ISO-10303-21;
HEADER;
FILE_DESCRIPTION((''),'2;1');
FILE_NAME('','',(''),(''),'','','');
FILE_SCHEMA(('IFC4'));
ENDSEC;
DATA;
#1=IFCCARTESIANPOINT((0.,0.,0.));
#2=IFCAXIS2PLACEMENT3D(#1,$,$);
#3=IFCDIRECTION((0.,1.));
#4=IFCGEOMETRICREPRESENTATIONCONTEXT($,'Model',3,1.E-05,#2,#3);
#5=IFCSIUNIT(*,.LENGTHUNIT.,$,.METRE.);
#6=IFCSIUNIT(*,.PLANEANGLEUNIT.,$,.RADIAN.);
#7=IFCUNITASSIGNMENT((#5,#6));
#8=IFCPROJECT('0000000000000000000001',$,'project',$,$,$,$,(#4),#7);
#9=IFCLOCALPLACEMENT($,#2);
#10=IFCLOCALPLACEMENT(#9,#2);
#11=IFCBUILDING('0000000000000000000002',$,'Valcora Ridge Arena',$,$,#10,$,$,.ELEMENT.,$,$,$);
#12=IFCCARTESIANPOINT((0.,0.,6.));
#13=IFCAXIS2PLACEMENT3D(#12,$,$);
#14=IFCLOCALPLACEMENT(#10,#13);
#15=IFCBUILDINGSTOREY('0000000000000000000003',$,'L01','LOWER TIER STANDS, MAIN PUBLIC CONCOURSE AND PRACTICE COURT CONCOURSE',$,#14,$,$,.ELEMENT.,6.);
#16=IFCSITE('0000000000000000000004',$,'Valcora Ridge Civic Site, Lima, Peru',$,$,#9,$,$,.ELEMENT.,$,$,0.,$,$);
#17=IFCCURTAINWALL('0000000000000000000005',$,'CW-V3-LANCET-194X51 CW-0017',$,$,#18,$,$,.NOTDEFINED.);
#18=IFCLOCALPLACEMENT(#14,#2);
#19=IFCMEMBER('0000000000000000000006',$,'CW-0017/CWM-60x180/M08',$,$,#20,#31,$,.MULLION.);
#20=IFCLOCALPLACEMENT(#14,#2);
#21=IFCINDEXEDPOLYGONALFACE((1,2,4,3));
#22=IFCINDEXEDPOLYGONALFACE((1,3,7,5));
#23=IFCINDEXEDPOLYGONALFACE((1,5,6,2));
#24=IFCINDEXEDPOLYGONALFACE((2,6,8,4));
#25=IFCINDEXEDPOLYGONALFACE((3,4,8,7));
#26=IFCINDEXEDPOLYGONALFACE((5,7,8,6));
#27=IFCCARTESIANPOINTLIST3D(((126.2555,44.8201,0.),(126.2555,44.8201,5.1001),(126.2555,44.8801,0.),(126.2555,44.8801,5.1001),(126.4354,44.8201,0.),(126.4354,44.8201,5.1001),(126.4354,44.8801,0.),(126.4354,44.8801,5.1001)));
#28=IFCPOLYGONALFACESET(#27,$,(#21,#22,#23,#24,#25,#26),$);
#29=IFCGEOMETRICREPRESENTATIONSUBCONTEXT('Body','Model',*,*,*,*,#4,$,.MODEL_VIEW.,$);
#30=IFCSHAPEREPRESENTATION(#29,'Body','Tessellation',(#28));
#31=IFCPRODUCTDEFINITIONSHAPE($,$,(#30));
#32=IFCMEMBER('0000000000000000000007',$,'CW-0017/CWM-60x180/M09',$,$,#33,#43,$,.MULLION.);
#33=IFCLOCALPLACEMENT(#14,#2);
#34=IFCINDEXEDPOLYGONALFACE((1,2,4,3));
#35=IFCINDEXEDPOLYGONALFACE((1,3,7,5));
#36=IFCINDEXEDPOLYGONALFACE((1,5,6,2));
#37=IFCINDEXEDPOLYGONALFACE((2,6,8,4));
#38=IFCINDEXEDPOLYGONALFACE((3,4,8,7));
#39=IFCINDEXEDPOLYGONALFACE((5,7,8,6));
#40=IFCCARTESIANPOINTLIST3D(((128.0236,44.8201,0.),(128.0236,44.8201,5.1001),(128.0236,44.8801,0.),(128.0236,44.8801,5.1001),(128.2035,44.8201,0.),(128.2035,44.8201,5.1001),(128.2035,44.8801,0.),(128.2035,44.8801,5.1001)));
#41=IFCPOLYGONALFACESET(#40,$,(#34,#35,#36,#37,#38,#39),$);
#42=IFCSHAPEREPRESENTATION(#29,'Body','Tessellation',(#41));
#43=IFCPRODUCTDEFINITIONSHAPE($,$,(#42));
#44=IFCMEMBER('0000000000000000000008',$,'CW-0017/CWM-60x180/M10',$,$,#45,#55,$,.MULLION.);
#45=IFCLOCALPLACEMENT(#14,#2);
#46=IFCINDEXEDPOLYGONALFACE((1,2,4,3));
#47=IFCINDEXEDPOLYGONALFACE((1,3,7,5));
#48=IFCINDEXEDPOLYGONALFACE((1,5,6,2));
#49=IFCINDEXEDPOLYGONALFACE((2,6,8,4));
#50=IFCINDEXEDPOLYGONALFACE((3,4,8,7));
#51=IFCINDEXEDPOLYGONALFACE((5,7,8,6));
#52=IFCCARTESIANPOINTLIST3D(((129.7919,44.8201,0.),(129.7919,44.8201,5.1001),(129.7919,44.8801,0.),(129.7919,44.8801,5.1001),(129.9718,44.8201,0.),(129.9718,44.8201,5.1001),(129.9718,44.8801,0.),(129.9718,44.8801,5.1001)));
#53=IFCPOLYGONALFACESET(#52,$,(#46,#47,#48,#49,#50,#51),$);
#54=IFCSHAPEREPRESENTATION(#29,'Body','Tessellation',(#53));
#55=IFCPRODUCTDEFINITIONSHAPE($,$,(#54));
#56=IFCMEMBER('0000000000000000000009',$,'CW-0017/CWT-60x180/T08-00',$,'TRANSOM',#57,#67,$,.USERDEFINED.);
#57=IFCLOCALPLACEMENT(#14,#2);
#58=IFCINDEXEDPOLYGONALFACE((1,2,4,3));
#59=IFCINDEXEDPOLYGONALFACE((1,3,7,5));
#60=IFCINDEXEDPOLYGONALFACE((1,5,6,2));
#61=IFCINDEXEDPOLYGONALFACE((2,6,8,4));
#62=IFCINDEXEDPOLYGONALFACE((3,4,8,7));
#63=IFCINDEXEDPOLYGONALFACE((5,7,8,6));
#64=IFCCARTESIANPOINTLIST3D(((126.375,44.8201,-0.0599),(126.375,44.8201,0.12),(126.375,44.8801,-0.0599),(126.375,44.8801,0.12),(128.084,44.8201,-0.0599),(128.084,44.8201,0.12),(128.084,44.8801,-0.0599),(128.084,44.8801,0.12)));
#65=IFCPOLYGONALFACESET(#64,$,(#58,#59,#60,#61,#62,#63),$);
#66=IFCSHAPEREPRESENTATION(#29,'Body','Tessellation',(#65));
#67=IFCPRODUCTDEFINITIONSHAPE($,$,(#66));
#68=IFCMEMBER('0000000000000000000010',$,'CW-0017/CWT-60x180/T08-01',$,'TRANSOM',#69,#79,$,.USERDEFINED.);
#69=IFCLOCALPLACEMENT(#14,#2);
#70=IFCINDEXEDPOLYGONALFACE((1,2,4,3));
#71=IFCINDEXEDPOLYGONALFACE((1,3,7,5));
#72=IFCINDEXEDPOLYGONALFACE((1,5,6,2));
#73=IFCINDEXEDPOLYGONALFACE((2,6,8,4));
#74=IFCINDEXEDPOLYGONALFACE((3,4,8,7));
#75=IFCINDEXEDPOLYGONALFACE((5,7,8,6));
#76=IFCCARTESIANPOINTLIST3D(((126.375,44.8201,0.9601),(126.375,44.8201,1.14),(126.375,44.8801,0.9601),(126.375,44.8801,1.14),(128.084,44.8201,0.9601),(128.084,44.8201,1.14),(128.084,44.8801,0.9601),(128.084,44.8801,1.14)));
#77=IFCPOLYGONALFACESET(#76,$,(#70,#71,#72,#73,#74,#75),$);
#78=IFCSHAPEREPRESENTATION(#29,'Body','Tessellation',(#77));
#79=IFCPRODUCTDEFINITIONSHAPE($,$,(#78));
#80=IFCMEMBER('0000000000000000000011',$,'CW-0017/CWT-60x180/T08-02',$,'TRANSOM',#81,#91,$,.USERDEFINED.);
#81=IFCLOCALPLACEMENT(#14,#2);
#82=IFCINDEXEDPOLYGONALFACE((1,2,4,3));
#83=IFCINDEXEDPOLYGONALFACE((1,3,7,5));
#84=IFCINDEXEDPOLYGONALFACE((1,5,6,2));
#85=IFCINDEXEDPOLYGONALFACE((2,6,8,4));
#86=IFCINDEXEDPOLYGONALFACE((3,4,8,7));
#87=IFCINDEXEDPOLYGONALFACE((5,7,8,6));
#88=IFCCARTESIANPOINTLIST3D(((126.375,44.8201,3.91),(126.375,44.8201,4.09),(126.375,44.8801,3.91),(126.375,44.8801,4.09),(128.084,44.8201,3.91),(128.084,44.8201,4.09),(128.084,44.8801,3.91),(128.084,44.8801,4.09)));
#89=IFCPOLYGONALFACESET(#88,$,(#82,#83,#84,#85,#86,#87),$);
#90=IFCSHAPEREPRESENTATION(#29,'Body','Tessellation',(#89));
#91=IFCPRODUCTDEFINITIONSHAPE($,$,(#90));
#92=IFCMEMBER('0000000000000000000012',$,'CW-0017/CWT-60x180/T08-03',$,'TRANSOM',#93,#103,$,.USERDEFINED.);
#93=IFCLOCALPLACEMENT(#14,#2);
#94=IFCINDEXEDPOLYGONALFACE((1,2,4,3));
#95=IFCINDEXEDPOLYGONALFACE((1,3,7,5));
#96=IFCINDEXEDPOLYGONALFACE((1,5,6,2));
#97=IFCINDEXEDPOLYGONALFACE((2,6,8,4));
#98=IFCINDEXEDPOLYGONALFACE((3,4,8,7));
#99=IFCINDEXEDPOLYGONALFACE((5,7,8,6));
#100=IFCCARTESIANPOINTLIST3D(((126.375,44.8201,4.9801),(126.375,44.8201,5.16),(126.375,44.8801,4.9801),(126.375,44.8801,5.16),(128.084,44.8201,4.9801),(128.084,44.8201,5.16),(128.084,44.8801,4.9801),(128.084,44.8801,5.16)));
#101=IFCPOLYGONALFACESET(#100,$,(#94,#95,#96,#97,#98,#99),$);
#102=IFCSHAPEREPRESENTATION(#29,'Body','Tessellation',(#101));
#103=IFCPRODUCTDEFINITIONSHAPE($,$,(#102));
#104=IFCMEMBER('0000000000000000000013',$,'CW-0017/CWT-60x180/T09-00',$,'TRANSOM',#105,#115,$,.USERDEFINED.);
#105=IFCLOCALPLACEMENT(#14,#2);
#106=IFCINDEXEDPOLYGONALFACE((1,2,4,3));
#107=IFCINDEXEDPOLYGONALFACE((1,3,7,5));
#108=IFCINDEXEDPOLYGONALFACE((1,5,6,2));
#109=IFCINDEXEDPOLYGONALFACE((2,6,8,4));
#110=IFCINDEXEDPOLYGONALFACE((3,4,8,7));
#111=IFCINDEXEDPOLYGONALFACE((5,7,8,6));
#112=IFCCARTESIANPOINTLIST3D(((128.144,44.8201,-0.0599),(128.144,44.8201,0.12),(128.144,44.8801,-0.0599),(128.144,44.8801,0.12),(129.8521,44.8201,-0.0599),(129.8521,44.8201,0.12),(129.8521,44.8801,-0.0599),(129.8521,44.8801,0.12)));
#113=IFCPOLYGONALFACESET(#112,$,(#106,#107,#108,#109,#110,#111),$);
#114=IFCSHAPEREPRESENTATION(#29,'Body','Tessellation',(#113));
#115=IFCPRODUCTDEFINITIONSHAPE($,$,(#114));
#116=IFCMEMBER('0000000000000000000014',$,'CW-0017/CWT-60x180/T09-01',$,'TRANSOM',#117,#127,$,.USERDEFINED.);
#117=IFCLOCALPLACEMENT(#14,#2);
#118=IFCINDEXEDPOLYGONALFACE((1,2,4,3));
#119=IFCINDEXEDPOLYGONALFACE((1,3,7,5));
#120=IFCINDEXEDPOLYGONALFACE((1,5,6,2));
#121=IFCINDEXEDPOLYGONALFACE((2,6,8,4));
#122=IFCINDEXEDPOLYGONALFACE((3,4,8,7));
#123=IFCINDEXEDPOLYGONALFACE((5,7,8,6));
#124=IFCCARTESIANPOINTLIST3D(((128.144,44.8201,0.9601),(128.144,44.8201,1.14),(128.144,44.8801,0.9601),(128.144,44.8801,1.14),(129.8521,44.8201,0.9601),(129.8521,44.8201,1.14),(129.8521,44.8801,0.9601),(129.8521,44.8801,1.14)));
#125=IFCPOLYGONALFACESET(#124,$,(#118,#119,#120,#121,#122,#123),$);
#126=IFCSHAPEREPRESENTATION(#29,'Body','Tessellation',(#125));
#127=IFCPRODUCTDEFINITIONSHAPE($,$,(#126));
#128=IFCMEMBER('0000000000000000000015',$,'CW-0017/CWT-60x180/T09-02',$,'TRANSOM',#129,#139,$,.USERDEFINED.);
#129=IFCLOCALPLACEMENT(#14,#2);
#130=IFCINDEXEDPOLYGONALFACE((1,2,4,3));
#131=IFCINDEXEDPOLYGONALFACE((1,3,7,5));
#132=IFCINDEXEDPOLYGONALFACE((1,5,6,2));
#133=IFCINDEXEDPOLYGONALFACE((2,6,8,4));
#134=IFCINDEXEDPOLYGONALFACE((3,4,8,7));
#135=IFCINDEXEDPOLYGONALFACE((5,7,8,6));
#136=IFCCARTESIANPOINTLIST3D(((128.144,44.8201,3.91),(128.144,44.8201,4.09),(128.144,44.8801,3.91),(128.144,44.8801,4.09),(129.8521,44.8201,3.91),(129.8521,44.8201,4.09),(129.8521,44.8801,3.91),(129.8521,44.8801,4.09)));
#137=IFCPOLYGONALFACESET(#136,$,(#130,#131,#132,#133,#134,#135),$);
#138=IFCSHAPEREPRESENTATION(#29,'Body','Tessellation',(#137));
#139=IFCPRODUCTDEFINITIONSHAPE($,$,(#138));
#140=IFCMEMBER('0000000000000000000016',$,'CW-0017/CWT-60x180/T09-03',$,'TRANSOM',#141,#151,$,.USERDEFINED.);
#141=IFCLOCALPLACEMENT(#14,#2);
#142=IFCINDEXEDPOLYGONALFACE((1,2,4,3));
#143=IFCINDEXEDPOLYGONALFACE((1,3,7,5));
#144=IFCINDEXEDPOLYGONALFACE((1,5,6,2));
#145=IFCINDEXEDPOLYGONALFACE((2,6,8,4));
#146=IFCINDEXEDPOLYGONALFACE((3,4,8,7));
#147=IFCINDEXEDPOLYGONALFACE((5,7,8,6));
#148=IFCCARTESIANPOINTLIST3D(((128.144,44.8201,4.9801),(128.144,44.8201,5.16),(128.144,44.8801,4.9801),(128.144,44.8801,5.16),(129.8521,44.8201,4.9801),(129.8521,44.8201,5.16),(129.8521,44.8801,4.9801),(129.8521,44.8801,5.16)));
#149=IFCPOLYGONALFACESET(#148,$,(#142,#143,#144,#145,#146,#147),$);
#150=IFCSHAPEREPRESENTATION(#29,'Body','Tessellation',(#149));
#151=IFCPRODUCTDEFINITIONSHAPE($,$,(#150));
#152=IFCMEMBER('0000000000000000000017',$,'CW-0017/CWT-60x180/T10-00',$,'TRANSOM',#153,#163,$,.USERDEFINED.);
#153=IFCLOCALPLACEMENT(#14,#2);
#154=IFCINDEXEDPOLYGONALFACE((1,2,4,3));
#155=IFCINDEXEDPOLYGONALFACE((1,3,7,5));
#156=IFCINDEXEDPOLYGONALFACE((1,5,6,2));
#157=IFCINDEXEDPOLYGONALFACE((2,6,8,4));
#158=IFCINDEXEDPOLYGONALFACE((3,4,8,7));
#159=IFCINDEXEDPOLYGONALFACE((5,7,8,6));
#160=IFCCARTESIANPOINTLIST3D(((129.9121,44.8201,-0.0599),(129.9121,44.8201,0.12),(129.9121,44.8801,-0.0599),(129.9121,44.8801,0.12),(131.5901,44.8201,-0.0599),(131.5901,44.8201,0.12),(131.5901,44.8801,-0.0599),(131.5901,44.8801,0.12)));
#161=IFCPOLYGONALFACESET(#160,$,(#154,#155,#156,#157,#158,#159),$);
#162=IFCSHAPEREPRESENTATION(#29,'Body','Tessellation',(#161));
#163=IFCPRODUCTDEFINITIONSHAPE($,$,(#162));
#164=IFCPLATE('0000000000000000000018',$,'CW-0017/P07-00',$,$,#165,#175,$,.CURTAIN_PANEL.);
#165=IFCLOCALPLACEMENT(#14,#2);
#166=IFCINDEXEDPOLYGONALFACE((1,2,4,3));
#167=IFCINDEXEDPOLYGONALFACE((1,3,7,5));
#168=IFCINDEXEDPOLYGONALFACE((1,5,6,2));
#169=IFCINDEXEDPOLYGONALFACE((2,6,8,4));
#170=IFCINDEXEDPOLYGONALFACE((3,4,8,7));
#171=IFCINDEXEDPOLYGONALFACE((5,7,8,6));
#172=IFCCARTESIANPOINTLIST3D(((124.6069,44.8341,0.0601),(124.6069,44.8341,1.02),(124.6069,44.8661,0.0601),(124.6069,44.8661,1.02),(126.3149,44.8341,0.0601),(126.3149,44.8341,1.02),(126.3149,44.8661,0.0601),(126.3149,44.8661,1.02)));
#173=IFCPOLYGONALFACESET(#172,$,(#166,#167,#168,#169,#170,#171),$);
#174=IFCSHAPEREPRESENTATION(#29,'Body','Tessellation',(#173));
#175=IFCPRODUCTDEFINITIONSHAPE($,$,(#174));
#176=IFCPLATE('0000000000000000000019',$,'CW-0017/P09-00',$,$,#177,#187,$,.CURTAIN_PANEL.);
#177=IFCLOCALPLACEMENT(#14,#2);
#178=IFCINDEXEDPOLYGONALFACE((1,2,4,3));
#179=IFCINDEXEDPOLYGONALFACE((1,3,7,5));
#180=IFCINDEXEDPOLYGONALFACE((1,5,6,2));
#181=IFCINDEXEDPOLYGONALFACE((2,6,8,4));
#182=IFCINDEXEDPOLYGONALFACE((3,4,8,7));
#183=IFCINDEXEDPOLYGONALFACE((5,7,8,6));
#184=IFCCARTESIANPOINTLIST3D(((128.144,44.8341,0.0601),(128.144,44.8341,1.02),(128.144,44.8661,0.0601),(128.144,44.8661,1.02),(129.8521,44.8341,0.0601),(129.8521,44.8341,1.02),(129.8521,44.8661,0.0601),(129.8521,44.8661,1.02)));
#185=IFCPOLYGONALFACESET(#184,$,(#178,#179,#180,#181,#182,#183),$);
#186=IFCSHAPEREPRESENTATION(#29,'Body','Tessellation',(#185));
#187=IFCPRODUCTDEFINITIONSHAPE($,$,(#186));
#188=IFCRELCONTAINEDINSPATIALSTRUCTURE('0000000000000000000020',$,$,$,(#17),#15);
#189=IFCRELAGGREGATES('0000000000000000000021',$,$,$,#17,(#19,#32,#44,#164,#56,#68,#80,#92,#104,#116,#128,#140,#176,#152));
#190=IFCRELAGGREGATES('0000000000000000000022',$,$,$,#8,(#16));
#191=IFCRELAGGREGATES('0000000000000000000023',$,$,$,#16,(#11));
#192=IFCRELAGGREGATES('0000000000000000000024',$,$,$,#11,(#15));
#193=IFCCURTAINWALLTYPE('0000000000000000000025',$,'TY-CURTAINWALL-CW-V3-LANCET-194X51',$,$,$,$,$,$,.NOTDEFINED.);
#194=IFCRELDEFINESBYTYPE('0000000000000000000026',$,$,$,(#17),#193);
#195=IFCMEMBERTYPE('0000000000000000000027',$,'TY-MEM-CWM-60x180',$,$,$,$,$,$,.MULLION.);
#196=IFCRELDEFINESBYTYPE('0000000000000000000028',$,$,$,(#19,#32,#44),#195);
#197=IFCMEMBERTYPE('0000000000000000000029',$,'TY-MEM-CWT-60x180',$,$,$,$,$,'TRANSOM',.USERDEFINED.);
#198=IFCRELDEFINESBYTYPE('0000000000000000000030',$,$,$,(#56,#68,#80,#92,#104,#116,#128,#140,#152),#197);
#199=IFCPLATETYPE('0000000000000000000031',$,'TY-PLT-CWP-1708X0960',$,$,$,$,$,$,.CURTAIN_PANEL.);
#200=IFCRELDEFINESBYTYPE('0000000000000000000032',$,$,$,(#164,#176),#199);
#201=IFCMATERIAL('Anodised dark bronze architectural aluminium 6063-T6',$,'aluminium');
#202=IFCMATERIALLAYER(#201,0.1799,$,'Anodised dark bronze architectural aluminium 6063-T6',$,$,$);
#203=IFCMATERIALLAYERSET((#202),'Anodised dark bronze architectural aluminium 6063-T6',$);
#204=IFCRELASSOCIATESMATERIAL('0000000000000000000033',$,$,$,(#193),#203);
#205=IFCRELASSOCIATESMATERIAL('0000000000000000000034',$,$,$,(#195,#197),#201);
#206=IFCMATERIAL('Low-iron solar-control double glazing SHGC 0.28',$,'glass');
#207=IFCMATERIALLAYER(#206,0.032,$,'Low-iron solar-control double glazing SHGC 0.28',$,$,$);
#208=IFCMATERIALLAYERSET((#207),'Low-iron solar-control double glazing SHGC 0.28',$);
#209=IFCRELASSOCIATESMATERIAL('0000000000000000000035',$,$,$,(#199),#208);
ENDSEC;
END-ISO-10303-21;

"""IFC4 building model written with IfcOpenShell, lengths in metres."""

from ifc_helpers import new_model, si_unit, direction, frame, origin, origin_2d, place, context, subcontext, project, spatial, rectangle, extrude, material, layer, layer_set, material_profile, profile_set, type_object, element, aggregate, save


model = new_model("IFC4")

# Units and contexts
model_context = context("Model", 3, precision=1e-05, world=origin(), true_north=direction((0.0, 1.0)))
body_context = subcontext(model_context, "Body", "Model", "MODEL_VIEW")
ifc_project = project(units=[si_unit("LENGTHUNIT", "METRE"), si_unit("PLANEANGLEUNIT", "RADIAN")], contexts=[model_context])

# Site, building, storey
site_placement = place(None, origin())
site = spatial("IfcSite", under=ifc_project, at=site_placement, Name="Valcora Ridge Civic Site, Lima, Peru", CompositionType="ELEMENT", RefElevation=0.0)
building_placement = place(site_placement, origin())
building = spatial("IfcBuilding", under=site, at=building_placement, Name="Valcora Ridge Arena", CompositionType="ELEMENT")
storey_placement = place(building_placement, frame((0.0, 0.0, 6.0)))
storey = spatial("IfcBuildingStorey", under=building, at=storey_placement, Name="L01", Description="LOWER TIER STANDS, MAIN PUBLIC CONCOURSE AND PRACTICE COURT CONCOURSE", CompositionType="ELEMENT", Elevation=6.0)

# Curtain wall, members, plates
ifc_material_1 = material(Name="Anodised dark bronze architectural aluminium 6063-T6", Category="aluminium")
ifc_layer_1 = layer(ifc_material_1, 0.1799, Name="Anodised dark bronze architectural aluminium 6063-T6")
ifc_layer_set_1 = layer_set([ifc_layer_1], Name="Anodised dark bronze architectural aluminium 6063-T6")
curtain_wall_type = type_object("IfcCurtainWallType", Name="TY-CURTAINWALL-CW-V3-LANCET-194X51", PredefinedType="NOTDEFINED", material=ifc_layer_set_1)
curtain_wall_placement = place(storey_placement, origin())
curtain_wall = element("IfcCurtainWall", 1, at=curtain_wall_placement, inside=storey, type_object=curtain_wall_type, Name="CW-V3-LANCET-194X51 CW-0017", PredefinedType="NOTDEFINED")
ifc_material_profile_1 = material_profile(ifc_material_1, rectangle(XDim=0.0601, YDim=0.1799, at=origin_2d()), Name="ALU MULLION 60x180")
ifc_profile_set_1 = profile_set([ifc_material_profile_1], Name="Anodised dark bronze architectural aluminium 6063-T6")
member_type_1 = type_object("IfcMemberType", Name="TY-MEM-CWM-60x180", PredefinedType="MULLION", material=ifc_profile_set_1)
member_1_placement = place(storey_placement, frame((126.3455, 44.8501, 0.0), z_axis=(0.0, 0.0, 1.0), x_axis=(0.0, 1.0, 0.0)))
member_1 = element("IfcMember", 2, at=member_1_placement, type_object=member_type_1, Name="CW-0017/CWM-60x180/M08", PredefinedType="MULLION", context=body_context, shape_type="SweptSolid", body=[
    extrude(rectangle(XDim=0.0601, YDim=0.1799, at=origin_2d()), origin(), (0.0, 0.0, 1.0), 5.1001),
])
member_2_placement = place(storey_placement, frame((128.1135, 44.8501, 0.0), z_axis=(0.0, 0.0, 1.0), x_axis=(0.0, 1.0, 0.0)))
member_2 = element("IfcMember", 3, at=member_2_placement, type_object=member_type_1, Name="CW-0017/CWM-60x180/M09", PredefinedType="MULLION", context=body_context, shape_type="SweptSolid", body=[
    extrude(rectangle(XDim=0.0601, YDim=0.1799, at=origin_2d()), origin(), (0.0, 0.0, 1.0), 5.1001),
])
member_3_placement = place(storey_placement, frame((129.8818, 44.8501, 0.0), z_axis=(0.0, 0.0, 1.0), x_axis=(0.0, 1.0, 0.0)))
member_3 = element("IfcMember", 4, at=member_3_placement, type_object=member_type_1, Name="CW-0017/CWM-60x180/M10", PredefinedType="MULLION", context=body_context, shape_type="SweptSolid", body=[
    extrude(rectangle(XDim=0.0601, YDim=0.1799, at=origin_2d()), origin(), (0.0, 0.0, 1.0), 5.1001),
])
ifc_material_profile_2 = material_profile(ifc_material_1, rectangle(XDim=0.0601, YDim=0.1799, at=origin_2d()), Name="ALU TRANSOM 60x180")
ifc_profile_set_2 = profile_set([ifc_material_profile_2], Name="Anodised dark bronze architectural aluminium 6063-T6")
member_type_2 = type_object("IfcMemberType", Name="TY-MEM-CWT-60x180", ElementType="TRANSOM", PredefinedType="USERDEFINED", material=ifc_profile_set_2)
member_4_placement = place(storey_placement, frame((126.375, 44.8501, 0.03), z_axis=(1.0, 0.0, 0.0), x_axis=(0.0, 1.0, 0.0)))
member_4 = element("IfcMember", 5, at=member_4_placement, type_object=member_type_2, Name="CW-0017/CWT-60x180/T08-00", ObjectType="TRANSOM", PredefinedType="USERDEFINED", context=body_context, shape_type="SweptSolid", body=[
    extrude(rectangle(XDim=0.0601, YDim=0.1799, at=origin_2d()), origin(), (0.0, 0.0, 1.0), 1.709),
])
member_5_placement = place(storey_placement, frame((126.375, 44.8501, 1.05), z_axis=(1.0, 0.0, 0.0), x_axis=(0.0, 1.0, 0.0)))
member_5 = element("IfcMember", 6, at=member_5_placement, type_object=member_type_2, Name="CW-0017/CWT-60x180/T08-01", ObjectType="TRANSOM", PredefinedType="USERDEFINED", context=body_context, shape_type="SweptSolid", body=[
    extrude(rectangle(XDim=0.0601, YDim=0.1799, at=origin_2d()), origin(), (0.0, 0.0, 1.0), 1.709),
])
member_6_placement = place(storey_placement, frame((126.375, 44.8501, 4.0), z_axis=(1.0, 0.0, 0.0), x_axis=(0.0, 1.0, 0.0)))
member_6 = element("IfcMember", 7, at=member_6_placement, type_object=member_type_2, Name="CW-0017/CWT-60x180/T08-02", ObjectType="TRANSOM", PredefinedType="USERDEFINED", context=body_context, shape_type="SweptSolid", body=[
    extrude(rectangle(XDim=0.0601, YDim=0.1799, at=origin_2d()), origin(), (0.0, 0.0, 1.0), 1.709),
])
member_7_placement = place(storey_placement, frame((126.375, 44.8501, 5.0701), z_axis=(1.0, 0.0, 0.0), x_axis=(0.0, 1.0, 0.0)))
member_7 = element("IfcMember", 8, at=member_7_placement, type_object=member_type_2, Name="CW-0017/CWT-60x180/T08-03", ObjectType="TRANSOM", PredefinedType="USERDEFINED", context=body_context, shape_type="SweptSolid", body=[
    extrude(rectangle(XDim=0.0601, YDim=0.1799, at=origin_2d()), origin(), (0.0, 0.0, 1.0), 1.709),
])
member_8_placement = place(storey_placement, frame((128.144, 44.8501, 0.03), z_axis=(1.0, 0.0, 0.0), x_axis=(0.0, 1.0, 0.0)))
member_8 = element("IfcMember", 9, at=member_8_placement, type_object=member_type_2, Name="CW-0017/CWT-60x180/T09-00", ObjectType="TRANSOM", PredefinedType="USERDEFINED", context=body_context, shape_type="SweptSolid", body=[
    extrude(rectangle(XDim=0.0601, YDim=0.1799, at=origin_2d()), origin(), (0.0, 0.0, 1.0), 1.708),
])
member_9_placement = place(storey_placement, frame((128.144, 44.8501, 1.05), z_axis=(1.0, 0.0, 0.0), x_axis=(0.0, 1.0, 0.0)))
member_9 = element("IfcMember", 10, at=member_9_placement, type_object=member_type_2, Name="CW-0017/CWT-60x180/T09-01", ObjectType="TRANSOM", PredefinedType="USERDEFINED", context=body_context, shape_type="SweptSolid", body=[
    extrude(rectangle(XDim=0.0601, YDim=0.1799, at=origin_2d()), origin(), (0.0, 0.0, 1.0), 1.708),
])
member_10_placement = place(storey_placement, frame((128.144, 44.8501, 4.0), z_axis=(1.0, 0.0, 0.0), x_axis=(0.0, 1.0, 0.0)))
member_10 = element("IfcMember", 11, at=member_10_placement, type_object=member_type_2, Name="CW-0017/CWT-60x180/T09-02", ObjectType="TRANSOM", PredefinedType="USERDEFINED", context=body_context, shape_type="SweptSolid", body=[
    extrude(rectangle(XDim=0.0601, YDim=0.1799, at=origin_2d()), origin(), (0.0, 0.0, 1.0), 1.708),
])
member_11_placement = place(storey_placement, frame((128.144, 44.8501, 5.0701), z_axis=(1.0, 0.0, 0.0), x_axis=(0.0, 1.0, 0.0)))
member_11 = element("IfcMember", 12, at=member_11_placement, type_object=member_type_2, Name="CW-0017/CWT-60x180/T09-03", ObjectType="TRANSOM", PredefinedType="USERDEFINED", context=body_context, shape_type="SweptSolid", body=[
    extrude(rectangle(XDim=0.0601, YDim=0.1799, at=origin_2d()), origin(), (0.0, 0.0, 1.0), 1.708),
])
member_12_placement = place(storey_placement, frame((129.9121, 44.8501, 0.03), z_axis=(1.0, 0.0, 0.0), x_axis=(0.0, 1.0, 0.0)))
member_12 = element("IfcMember", 13, at=member_12_placement, type_object=member_type_2, Name="CW-0017/CWT-60x180/T10-00", ObjectType="TRANSOM", PredefinedType="USERDEFINED", context=body_context, shape_type="SweptSolid", body=[
    extrude(rectangle(XDim=0.0601, YDim=0.1799, at=origin_2d()), origin(), (0.0, 0.0, 1.0), 1.678),
])
ifc_material_2 = material(Name="Low-iron solar-control double glazing SHGC 0.28", Category="glass")
ifc_layer_2 = layer(ifc_material_2, 0.032, Name="Low-iron solar-control double glazing SHGC 0.28")
ifc_layer_set_2 = layer_set([ifc_layer_2], Name="Low-iron solar-control double glazing SHGC 0.28")
plate_type_1 = type_object("IfcPlateType", Name="TY-PLT-CWP-1708X0960", PredefinedType="CURTAIN_PANEL", material=ifc_layer_set_2)
plate_1_placement = place(storey_placement, frame((125.4609, 44.8501, 0.0601), z_axis=(0.0, 0.0, 1.0), x_axis=(1.0, 0.0, 0.0)))
plate_1 = element("IfcPlate", 14, at=plate_1_placement, type_object=plate_type_1, Name="CW-0017/P07-00", PredefinedType="CURTAIN_PANEL", context=body_context, shape_type="SweptSolid", body=[
    extrude(rectangle(XDim=1.708, YDim=0.032, at=origin_2d()), origin(), (0.0, 0.0, 1.0), 0.96),
])
plate_2_placement = place(storey_placement, frame((128.998, 44.8501, 0.0601), z_axis=(0.0, 0.0, 1.0), x_axis=(1.0, 0.0, 0.0)))
plate_2 = element("IfcPlate", 15, at=plate_2_placement, type_object=plate_type_1, Name="CW-0017/P09-00", PredefinedType="CURTAIN_PANEL", context=body_context, shape_type="SweptSolid", body=[
    extrude(rectangle(XDim=1.708, YDim=0.032, at=origin_2d()), origin(), (0.0, 0.0, 1.0), 0.96),
])
aggregate(curtain_wall, [member_1, member_2, member_3, plate_1, member_4, member_5, member_6, member_7, member_8, member_9, member_10, member_11, plate_2, member_12])

save(model, "model.ifc")
